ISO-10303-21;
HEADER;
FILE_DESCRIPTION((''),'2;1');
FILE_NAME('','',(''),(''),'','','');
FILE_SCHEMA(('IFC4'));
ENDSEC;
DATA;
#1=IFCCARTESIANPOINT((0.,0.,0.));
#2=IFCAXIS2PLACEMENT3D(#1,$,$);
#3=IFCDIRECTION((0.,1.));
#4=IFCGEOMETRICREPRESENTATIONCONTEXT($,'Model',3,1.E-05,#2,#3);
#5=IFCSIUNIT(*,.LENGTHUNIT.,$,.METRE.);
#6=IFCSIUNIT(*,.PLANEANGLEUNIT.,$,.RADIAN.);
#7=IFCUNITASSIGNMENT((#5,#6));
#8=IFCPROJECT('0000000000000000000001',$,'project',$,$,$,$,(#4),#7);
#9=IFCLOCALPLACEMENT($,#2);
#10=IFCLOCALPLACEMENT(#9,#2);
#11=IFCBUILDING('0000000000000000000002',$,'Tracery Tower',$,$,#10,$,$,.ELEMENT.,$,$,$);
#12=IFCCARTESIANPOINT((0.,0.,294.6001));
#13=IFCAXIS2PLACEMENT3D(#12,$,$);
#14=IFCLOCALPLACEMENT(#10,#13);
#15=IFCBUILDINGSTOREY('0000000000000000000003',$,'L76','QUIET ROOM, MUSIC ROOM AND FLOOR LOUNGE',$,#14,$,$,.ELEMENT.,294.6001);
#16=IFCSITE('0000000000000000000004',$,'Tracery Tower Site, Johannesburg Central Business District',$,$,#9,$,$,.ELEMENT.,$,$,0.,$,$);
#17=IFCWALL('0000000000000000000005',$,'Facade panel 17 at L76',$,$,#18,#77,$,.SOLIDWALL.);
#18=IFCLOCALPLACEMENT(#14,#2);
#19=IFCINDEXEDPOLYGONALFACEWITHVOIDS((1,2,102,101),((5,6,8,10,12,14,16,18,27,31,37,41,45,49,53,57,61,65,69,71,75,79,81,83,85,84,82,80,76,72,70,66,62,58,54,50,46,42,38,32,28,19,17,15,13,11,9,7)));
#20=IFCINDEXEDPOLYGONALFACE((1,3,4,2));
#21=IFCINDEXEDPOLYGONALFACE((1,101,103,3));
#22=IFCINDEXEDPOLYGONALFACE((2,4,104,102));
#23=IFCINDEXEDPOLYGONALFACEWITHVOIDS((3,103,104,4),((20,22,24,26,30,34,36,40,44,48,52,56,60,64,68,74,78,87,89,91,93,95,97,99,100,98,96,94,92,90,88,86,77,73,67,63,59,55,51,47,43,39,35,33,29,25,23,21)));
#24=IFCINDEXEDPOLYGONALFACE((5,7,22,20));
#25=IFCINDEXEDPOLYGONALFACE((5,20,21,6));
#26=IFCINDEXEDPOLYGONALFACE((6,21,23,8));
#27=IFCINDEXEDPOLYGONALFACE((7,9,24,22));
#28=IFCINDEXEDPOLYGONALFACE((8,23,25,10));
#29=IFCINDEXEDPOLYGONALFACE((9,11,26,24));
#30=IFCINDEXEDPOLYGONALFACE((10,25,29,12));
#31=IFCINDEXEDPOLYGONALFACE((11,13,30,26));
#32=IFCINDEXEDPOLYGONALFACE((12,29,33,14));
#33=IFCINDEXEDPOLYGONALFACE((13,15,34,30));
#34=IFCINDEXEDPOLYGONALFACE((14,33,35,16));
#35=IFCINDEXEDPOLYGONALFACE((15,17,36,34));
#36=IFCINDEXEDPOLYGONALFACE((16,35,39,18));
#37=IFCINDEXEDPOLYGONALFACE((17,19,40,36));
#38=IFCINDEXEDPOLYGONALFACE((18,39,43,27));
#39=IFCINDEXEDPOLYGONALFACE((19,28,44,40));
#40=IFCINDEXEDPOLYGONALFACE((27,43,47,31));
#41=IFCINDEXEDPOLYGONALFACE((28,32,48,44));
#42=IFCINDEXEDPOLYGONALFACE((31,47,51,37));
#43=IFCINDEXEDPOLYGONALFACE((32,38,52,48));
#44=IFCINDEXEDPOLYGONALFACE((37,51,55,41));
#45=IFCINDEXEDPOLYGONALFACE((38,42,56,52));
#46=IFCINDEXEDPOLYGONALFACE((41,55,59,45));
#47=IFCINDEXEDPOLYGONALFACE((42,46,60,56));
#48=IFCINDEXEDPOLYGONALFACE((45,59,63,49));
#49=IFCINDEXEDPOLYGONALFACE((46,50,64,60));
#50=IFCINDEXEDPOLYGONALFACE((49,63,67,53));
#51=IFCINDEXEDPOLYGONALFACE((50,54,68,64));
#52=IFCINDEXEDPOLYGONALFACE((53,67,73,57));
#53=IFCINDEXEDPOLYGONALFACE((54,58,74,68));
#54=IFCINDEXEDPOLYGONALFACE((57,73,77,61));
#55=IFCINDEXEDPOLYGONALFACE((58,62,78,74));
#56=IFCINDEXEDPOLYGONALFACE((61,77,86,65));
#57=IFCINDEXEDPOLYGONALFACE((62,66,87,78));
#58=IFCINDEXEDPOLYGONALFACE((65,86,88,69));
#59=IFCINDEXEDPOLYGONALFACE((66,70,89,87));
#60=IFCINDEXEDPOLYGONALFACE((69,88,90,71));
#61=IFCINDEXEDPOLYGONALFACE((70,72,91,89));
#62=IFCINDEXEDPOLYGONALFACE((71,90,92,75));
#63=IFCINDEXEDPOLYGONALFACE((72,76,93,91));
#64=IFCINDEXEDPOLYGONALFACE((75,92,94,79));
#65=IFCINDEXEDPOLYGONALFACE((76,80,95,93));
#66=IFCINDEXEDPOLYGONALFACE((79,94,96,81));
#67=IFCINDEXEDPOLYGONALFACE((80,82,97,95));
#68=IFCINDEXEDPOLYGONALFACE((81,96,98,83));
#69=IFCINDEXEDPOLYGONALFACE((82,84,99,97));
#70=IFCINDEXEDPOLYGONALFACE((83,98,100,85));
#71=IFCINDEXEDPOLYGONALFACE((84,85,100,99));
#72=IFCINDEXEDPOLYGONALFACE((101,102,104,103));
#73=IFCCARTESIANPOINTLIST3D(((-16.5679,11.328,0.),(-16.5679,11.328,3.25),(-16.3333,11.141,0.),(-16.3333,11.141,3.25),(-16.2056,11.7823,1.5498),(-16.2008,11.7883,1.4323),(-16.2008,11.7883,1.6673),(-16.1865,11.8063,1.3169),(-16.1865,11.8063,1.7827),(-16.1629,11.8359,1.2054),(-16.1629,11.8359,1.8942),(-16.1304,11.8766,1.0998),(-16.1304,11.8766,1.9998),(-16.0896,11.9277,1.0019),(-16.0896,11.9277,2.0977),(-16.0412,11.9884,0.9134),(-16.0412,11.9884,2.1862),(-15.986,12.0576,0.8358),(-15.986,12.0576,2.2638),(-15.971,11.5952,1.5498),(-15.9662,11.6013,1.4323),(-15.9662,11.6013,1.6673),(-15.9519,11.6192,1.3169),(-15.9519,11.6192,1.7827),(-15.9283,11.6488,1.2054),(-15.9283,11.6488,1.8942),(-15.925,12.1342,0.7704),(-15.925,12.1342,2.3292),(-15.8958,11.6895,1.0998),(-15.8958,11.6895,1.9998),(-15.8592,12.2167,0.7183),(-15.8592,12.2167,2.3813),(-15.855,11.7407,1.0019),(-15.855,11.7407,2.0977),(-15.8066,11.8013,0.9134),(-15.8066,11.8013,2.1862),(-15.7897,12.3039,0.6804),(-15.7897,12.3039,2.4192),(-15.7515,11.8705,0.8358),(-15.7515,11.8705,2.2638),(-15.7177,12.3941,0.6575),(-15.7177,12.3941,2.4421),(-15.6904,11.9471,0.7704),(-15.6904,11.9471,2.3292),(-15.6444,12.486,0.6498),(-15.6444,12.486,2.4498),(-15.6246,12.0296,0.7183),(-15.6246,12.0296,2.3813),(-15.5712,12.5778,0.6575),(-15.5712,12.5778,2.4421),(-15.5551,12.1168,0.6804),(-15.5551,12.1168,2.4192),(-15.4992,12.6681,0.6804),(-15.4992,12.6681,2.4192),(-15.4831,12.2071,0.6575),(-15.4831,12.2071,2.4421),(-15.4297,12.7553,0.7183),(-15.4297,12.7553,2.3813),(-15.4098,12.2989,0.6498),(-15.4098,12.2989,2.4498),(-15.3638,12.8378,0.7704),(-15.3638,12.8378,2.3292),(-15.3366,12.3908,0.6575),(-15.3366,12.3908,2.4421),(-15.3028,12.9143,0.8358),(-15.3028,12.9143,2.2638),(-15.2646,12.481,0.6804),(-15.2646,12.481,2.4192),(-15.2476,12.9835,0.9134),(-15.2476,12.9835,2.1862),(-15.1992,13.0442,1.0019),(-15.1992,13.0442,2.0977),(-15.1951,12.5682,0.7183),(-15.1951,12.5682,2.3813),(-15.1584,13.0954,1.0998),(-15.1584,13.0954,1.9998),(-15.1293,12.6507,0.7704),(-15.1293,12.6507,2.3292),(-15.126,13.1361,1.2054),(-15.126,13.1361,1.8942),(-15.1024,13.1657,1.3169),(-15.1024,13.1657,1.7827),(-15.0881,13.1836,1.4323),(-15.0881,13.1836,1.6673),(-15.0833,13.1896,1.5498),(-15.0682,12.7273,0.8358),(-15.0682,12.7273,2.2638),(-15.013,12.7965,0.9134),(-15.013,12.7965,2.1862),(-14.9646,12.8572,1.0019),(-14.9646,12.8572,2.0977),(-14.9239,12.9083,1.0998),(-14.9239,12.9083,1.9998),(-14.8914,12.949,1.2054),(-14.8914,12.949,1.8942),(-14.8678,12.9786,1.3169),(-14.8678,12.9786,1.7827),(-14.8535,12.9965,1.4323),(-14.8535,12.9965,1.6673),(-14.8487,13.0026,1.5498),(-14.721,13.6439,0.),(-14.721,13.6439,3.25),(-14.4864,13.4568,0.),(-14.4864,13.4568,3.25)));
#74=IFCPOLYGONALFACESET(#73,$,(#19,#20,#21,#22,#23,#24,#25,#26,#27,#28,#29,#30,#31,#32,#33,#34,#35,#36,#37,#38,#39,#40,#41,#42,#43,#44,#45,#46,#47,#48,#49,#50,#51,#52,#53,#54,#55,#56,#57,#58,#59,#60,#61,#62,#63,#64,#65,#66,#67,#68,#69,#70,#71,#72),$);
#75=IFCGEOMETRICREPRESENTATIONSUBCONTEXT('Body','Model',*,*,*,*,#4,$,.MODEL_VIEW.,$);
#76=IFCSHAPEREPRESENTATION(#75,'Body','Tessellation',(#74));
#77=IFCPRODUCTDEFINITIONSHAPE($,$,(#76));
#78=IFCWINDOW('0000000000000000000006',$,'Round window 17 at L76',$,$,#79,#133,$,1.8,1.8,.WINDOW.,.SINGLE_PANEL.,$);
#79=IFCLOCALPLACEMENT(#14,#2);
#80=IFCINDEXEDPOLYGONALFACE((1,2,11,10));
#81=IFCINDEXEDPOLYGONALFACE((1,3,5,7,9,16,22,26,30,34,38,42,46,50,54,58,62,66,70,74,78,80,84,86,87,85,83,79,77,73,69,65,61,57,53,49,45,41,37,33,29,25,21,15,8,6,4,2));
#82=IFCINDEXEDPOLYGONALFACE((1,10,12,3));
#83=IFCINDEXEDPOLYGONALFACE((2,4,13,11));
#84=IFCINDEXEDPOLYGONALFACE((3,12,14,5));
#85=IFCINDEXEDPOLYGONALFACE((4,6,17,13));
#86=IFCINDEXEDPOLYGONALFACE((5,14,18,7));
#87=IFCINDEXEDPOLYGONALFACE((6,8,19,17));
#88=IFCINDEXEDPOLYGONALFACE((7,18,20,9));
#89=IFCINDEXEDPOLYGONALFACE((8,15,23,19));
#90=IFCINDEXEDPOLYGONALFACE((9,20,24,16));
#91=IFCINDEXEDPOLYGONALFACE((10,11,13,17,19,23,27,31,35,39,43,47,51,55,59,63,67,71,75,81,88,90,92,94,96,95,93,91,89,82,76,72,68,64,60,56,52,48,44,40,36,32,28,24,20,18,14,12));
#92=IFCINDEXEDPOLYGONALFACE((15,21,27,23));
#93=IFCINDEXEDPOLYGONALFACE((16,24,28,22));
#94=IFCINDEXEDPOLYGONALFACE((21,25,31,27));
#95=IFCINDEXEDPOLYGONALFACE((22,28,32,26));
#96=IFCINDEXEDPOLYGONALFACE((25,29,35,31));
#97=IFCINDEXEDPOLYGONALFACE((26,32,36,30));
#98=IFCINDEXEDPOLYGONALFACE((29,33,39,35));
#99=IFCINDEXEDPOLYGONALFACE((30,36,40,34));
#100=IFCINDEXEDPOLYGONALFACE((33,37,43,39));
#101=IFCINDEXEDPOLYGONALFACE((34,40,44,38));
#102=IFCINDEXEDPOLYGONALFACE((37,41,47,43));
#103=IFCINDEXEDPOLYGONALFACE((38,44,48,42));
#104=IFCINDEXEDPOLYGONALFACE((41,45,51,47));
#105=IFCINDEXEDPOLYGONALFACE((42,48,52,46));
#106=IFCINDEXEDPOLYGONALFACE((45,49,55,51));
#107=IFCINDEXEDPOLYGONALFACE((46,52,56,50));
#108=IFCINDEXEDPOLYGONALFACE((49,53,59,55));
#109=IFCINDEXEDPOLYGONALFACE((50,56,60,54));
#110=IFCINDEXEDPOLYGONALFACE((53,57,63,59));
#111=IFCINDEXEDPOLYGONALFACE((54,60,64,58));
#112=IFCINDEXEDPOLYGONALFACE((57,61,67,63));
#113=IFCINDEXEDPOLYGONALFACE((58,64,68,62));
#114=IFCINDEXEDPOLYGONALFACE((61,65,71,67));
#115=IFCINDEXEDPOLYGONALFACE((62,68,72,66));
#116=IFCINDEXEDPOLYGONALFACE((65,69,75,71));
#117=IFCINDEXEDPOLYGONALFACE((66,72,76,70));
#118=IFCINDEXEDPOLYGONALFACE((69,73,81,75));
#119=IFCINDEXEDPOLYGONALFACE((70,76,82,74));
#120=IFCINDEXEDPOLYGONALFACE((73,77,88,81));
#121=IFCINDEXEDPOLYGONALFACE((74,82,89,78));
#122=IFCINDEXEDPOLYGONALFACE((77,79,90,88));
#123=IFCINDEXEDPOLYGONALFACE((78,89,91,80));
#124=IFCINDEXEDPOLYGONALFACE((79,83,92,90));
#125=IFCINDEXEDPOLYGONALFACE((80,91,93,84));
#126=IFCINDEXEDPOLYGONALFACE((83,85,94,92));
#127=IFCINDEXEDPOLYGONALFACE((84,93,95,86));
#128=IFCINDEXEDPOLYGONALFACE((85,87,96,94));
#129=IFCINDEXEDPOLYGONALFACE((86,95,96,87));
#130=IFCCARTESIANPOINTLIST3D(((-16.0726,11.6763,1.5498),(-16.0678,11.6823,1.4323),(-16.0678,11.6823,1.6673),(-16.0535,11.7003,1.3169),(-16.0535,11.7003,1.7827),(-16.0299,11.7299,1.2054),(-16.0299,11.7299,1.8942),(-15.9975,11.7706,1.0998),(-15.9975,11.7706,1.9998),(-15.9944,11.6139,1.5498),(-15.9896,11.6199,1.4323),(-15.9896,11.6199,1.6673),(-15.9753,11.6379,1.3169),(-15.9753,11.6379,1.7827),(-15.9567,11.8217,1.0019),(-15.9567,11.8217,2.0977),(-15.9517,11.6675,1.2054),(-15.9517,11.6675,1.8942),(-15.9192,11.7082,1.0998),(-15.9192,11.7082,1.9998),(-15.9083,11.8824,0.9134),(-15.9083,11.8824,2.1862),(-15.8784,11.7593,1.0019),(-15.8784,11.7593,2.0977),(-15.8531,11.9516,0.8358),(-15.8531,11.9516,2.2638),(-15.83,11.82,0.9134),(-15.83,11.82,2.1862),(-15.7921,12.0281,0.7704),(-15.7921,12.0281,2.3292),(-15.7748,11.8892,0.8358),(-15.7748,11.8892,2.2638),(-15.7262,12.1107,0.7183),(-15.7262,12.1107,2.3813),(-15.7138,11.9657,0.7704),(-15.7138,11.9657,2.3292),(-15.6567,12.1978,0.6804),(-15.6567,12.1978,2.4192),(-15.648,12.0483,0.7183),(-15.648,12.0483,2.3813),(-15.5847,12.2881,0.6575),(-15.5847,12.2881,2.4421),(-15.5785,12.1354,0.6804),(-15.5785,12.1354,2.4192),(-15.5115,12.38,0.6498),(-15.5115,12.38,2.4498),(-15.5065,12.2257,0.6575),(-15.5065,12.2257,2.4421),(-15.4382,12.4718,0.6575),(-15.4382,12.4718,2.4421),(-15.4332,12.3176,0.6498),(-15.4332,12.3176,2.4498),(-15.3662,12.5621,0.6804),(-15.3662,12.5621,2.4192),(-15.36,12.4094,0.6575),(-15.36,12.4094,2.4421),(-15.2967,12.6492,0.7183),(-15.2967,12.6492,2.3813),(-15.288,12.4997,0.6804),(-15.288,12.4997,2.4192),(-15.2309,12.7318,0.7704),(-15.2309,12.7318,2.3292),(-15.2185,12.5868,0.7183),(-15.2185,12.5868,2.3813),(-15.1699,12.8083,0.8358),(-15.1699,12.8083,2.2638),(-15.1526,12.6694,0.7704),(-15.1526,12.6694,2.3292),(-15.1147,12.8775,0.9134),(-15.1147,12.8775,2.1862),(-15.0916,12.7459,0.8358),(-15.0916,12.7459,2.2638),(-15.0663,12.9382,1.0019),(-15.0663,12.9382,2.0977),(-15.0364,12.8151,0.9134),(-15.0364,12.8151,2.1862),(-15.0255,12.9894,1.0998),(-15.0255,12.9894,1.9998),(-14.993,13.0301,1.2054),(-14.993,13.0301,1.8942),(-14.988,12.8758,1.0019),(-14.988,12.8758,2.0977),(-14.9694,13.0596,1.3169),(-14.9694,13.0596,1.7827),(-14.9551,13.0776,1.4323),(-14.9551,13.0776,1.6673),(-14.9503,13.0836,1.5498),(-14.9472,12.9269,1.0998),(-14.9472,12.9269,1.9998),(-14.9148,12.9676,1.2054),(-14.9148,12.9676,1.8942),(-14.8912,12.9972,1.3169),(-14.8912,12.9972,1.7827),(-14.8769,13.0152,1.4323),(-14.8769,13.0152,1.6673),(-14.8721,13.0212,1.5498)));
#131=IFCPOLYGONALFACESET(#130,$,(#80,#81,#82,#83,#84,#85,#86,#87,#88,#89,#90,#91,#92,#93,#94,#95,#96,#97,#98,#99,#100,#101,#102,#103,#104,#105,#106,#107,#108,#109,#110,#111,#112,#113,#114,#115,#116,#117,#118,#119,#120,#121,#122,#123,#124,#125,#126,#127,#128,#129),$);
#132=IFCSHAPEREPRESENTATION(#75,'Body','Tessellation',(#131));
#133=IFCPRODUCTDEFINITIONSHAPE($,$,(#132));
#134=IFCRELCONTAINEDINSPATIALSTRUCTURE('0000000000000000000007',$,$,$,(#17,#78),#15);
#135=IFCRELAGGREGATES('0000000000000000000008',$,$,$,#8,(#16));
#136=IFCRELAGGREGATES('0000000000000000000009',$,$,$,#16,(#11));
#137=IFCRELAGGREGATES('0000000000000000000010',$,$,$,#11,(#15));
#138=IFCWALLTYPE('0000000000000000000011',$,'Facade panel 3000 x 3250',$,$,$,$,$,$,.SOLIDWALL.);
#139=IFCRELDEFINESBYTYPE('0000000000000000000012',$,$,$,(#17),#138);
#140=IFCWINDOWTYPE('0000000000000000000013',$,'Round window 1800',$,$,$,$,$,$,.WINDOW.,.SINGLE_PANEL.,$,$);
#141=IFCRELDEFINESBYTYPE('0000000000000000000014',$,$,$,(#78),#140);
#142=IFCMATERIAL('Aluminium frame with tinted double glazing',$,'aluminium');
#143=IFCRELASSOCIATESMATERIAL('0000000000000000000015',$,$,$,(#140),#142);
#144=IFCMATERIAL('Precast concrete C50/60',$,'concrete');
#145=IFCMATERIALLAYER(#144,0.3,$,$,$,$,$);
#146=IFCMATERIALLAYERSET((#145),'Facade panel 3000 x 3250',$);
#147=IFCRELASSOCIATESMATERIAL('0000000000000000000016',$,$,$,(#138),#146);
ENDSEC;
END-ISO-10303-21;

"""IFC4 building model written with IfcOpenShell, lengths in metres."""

from ifc_helpers import new_model, si_unit, direction, frame, frame_2d, origin, origin_2d, place, context, subcontext, project, spatial, rectangle, circle, extrude, material, layer, layer_set, type_object, element, fill, save


model = new_model("IFC4")

# Units and contexts
model_context = context("Model", 3, precision=1e-05, world=origin(), true_north=direction((0.0, 1.0)))
body_context = subcontext(model_context, "Body", "Model", "MODEL_VIEW")
ifc_project = project(units=[si_unit("LENGTHUNIT", "METRE"), si_unit("PLANEANGLEUNIT", "RADIAN")], contexts=[model_context])

# Site, building, storey
site_placement = place(None, origin())
site = spatial("IfcSite", under=ifc_project, at=site_placement, Name="Tracery Tower Site, Johannesburg Central Business District", CompositionType="ELEMENT", RefElevation=0.0)
building_placement = place(site_placement, origin())
building = spatial("IfcBuilding", under=site, at=building_placement, Name="Tracery Tower", CompositionType="ELEMENT")
storey_placement = place(building_placement, frame((0.0, 0.0, 294.6001)))
storey = spatial("IfcBuildingStorey", under=building, at=storey_placement, Name="L76", Description="QUIET ROOM, MUSIC ROOM AND FLOOR LOUNGE", CompositionType="ELEMENT", Elevation=294.6001)

# Wall, opening, window
ifc_material_1 = material(Name="Aluminium frame with tinted double glazing", Category="aluminium")
window_type = type_object("IfcWindowType", Name="Round window 1800", PartitioningType="SINGLE_PANEL", PredefinedType="WINDOW", material=ifc_material_1)
ifc_material_2 = material(Name="Precast concrete C50/60", Category="concrete")
ifc_layer_1 = layer(ifc_material_2, 0.3)
ifc_layer_set_1 = layer_set([ifc_layer_1], Name="Facade panel 3000 x 3250")
wall_type_1 = type_object("IfcWallType", Name="Facade panel 3000 x 3250", PredefinedType="SOLIDWALL", material=ifc_layer_set_1)
wall_1_placement = place(storey_placement, frame((-14.6038, 13.5503, 0.0), z_axis=(0.0, 0.0, 1.0), x_axis=(-0.623498, -0.781825, 0.0)))
wall_1 = element("IfcWall", 1, at=wall_1_placement, inside=storey, type_object=wall_type_1, Name="Facade panel 17 at L76", PredefinedType="SOLIDWALL", context=body_context, shape_type="SweptSolid", body=[
    extrude(rectangle(XDim=2.9622, YDim=0.3, at=frame_2d((1.481, 0.0))), origin(), (0.0, 0.0, 1.0), 3.25),
])
opening_1_placement = place(wall_1_placement, frame((1.481, 0.0, 1.5498)))
opening_1 = element("IfcOpeningElement", 2, at=opening_1_placement, cuts=wall_1, PredefinedType="OPENING", context=body_context, shape_type="SweptSolid", body=[
    extrude(circle(Radius=0.9, at=origin_2d()), frame((0.0, 0.1599, 0.0), z_axis=(0.0, -1.0, 0.0), x_axis=(1.0, 0.0, 0.0)), (0.0, 0.0, 1.0), 0.3201),
])
window_1_placement = place(opening_1_placement, origin())
window_1 = element("IfcWindow", 3, at=window_1_placement, inside=storey, type_object=window_type, Name="Round window 17 at L76", OverallHeight=1.8, OverallWidth=1.8, PartitioningType="SINGLE_PANEL", PredefinedType="WINDOW", context=body_context, shape_type="SweptSolid", body=[
    extrude(circle(Radius=0.9, at=origin_2d()), frame((0.0, 0.1201, 0.0), z_axis=(0.0, -1.0, 0.0), x_axis=(1.0, 0.0, 0.0)), (0.0, 0.0, 1.0), 0.1001),
])
fill(opening_1, window_1)

save(model, "model.ifc")
